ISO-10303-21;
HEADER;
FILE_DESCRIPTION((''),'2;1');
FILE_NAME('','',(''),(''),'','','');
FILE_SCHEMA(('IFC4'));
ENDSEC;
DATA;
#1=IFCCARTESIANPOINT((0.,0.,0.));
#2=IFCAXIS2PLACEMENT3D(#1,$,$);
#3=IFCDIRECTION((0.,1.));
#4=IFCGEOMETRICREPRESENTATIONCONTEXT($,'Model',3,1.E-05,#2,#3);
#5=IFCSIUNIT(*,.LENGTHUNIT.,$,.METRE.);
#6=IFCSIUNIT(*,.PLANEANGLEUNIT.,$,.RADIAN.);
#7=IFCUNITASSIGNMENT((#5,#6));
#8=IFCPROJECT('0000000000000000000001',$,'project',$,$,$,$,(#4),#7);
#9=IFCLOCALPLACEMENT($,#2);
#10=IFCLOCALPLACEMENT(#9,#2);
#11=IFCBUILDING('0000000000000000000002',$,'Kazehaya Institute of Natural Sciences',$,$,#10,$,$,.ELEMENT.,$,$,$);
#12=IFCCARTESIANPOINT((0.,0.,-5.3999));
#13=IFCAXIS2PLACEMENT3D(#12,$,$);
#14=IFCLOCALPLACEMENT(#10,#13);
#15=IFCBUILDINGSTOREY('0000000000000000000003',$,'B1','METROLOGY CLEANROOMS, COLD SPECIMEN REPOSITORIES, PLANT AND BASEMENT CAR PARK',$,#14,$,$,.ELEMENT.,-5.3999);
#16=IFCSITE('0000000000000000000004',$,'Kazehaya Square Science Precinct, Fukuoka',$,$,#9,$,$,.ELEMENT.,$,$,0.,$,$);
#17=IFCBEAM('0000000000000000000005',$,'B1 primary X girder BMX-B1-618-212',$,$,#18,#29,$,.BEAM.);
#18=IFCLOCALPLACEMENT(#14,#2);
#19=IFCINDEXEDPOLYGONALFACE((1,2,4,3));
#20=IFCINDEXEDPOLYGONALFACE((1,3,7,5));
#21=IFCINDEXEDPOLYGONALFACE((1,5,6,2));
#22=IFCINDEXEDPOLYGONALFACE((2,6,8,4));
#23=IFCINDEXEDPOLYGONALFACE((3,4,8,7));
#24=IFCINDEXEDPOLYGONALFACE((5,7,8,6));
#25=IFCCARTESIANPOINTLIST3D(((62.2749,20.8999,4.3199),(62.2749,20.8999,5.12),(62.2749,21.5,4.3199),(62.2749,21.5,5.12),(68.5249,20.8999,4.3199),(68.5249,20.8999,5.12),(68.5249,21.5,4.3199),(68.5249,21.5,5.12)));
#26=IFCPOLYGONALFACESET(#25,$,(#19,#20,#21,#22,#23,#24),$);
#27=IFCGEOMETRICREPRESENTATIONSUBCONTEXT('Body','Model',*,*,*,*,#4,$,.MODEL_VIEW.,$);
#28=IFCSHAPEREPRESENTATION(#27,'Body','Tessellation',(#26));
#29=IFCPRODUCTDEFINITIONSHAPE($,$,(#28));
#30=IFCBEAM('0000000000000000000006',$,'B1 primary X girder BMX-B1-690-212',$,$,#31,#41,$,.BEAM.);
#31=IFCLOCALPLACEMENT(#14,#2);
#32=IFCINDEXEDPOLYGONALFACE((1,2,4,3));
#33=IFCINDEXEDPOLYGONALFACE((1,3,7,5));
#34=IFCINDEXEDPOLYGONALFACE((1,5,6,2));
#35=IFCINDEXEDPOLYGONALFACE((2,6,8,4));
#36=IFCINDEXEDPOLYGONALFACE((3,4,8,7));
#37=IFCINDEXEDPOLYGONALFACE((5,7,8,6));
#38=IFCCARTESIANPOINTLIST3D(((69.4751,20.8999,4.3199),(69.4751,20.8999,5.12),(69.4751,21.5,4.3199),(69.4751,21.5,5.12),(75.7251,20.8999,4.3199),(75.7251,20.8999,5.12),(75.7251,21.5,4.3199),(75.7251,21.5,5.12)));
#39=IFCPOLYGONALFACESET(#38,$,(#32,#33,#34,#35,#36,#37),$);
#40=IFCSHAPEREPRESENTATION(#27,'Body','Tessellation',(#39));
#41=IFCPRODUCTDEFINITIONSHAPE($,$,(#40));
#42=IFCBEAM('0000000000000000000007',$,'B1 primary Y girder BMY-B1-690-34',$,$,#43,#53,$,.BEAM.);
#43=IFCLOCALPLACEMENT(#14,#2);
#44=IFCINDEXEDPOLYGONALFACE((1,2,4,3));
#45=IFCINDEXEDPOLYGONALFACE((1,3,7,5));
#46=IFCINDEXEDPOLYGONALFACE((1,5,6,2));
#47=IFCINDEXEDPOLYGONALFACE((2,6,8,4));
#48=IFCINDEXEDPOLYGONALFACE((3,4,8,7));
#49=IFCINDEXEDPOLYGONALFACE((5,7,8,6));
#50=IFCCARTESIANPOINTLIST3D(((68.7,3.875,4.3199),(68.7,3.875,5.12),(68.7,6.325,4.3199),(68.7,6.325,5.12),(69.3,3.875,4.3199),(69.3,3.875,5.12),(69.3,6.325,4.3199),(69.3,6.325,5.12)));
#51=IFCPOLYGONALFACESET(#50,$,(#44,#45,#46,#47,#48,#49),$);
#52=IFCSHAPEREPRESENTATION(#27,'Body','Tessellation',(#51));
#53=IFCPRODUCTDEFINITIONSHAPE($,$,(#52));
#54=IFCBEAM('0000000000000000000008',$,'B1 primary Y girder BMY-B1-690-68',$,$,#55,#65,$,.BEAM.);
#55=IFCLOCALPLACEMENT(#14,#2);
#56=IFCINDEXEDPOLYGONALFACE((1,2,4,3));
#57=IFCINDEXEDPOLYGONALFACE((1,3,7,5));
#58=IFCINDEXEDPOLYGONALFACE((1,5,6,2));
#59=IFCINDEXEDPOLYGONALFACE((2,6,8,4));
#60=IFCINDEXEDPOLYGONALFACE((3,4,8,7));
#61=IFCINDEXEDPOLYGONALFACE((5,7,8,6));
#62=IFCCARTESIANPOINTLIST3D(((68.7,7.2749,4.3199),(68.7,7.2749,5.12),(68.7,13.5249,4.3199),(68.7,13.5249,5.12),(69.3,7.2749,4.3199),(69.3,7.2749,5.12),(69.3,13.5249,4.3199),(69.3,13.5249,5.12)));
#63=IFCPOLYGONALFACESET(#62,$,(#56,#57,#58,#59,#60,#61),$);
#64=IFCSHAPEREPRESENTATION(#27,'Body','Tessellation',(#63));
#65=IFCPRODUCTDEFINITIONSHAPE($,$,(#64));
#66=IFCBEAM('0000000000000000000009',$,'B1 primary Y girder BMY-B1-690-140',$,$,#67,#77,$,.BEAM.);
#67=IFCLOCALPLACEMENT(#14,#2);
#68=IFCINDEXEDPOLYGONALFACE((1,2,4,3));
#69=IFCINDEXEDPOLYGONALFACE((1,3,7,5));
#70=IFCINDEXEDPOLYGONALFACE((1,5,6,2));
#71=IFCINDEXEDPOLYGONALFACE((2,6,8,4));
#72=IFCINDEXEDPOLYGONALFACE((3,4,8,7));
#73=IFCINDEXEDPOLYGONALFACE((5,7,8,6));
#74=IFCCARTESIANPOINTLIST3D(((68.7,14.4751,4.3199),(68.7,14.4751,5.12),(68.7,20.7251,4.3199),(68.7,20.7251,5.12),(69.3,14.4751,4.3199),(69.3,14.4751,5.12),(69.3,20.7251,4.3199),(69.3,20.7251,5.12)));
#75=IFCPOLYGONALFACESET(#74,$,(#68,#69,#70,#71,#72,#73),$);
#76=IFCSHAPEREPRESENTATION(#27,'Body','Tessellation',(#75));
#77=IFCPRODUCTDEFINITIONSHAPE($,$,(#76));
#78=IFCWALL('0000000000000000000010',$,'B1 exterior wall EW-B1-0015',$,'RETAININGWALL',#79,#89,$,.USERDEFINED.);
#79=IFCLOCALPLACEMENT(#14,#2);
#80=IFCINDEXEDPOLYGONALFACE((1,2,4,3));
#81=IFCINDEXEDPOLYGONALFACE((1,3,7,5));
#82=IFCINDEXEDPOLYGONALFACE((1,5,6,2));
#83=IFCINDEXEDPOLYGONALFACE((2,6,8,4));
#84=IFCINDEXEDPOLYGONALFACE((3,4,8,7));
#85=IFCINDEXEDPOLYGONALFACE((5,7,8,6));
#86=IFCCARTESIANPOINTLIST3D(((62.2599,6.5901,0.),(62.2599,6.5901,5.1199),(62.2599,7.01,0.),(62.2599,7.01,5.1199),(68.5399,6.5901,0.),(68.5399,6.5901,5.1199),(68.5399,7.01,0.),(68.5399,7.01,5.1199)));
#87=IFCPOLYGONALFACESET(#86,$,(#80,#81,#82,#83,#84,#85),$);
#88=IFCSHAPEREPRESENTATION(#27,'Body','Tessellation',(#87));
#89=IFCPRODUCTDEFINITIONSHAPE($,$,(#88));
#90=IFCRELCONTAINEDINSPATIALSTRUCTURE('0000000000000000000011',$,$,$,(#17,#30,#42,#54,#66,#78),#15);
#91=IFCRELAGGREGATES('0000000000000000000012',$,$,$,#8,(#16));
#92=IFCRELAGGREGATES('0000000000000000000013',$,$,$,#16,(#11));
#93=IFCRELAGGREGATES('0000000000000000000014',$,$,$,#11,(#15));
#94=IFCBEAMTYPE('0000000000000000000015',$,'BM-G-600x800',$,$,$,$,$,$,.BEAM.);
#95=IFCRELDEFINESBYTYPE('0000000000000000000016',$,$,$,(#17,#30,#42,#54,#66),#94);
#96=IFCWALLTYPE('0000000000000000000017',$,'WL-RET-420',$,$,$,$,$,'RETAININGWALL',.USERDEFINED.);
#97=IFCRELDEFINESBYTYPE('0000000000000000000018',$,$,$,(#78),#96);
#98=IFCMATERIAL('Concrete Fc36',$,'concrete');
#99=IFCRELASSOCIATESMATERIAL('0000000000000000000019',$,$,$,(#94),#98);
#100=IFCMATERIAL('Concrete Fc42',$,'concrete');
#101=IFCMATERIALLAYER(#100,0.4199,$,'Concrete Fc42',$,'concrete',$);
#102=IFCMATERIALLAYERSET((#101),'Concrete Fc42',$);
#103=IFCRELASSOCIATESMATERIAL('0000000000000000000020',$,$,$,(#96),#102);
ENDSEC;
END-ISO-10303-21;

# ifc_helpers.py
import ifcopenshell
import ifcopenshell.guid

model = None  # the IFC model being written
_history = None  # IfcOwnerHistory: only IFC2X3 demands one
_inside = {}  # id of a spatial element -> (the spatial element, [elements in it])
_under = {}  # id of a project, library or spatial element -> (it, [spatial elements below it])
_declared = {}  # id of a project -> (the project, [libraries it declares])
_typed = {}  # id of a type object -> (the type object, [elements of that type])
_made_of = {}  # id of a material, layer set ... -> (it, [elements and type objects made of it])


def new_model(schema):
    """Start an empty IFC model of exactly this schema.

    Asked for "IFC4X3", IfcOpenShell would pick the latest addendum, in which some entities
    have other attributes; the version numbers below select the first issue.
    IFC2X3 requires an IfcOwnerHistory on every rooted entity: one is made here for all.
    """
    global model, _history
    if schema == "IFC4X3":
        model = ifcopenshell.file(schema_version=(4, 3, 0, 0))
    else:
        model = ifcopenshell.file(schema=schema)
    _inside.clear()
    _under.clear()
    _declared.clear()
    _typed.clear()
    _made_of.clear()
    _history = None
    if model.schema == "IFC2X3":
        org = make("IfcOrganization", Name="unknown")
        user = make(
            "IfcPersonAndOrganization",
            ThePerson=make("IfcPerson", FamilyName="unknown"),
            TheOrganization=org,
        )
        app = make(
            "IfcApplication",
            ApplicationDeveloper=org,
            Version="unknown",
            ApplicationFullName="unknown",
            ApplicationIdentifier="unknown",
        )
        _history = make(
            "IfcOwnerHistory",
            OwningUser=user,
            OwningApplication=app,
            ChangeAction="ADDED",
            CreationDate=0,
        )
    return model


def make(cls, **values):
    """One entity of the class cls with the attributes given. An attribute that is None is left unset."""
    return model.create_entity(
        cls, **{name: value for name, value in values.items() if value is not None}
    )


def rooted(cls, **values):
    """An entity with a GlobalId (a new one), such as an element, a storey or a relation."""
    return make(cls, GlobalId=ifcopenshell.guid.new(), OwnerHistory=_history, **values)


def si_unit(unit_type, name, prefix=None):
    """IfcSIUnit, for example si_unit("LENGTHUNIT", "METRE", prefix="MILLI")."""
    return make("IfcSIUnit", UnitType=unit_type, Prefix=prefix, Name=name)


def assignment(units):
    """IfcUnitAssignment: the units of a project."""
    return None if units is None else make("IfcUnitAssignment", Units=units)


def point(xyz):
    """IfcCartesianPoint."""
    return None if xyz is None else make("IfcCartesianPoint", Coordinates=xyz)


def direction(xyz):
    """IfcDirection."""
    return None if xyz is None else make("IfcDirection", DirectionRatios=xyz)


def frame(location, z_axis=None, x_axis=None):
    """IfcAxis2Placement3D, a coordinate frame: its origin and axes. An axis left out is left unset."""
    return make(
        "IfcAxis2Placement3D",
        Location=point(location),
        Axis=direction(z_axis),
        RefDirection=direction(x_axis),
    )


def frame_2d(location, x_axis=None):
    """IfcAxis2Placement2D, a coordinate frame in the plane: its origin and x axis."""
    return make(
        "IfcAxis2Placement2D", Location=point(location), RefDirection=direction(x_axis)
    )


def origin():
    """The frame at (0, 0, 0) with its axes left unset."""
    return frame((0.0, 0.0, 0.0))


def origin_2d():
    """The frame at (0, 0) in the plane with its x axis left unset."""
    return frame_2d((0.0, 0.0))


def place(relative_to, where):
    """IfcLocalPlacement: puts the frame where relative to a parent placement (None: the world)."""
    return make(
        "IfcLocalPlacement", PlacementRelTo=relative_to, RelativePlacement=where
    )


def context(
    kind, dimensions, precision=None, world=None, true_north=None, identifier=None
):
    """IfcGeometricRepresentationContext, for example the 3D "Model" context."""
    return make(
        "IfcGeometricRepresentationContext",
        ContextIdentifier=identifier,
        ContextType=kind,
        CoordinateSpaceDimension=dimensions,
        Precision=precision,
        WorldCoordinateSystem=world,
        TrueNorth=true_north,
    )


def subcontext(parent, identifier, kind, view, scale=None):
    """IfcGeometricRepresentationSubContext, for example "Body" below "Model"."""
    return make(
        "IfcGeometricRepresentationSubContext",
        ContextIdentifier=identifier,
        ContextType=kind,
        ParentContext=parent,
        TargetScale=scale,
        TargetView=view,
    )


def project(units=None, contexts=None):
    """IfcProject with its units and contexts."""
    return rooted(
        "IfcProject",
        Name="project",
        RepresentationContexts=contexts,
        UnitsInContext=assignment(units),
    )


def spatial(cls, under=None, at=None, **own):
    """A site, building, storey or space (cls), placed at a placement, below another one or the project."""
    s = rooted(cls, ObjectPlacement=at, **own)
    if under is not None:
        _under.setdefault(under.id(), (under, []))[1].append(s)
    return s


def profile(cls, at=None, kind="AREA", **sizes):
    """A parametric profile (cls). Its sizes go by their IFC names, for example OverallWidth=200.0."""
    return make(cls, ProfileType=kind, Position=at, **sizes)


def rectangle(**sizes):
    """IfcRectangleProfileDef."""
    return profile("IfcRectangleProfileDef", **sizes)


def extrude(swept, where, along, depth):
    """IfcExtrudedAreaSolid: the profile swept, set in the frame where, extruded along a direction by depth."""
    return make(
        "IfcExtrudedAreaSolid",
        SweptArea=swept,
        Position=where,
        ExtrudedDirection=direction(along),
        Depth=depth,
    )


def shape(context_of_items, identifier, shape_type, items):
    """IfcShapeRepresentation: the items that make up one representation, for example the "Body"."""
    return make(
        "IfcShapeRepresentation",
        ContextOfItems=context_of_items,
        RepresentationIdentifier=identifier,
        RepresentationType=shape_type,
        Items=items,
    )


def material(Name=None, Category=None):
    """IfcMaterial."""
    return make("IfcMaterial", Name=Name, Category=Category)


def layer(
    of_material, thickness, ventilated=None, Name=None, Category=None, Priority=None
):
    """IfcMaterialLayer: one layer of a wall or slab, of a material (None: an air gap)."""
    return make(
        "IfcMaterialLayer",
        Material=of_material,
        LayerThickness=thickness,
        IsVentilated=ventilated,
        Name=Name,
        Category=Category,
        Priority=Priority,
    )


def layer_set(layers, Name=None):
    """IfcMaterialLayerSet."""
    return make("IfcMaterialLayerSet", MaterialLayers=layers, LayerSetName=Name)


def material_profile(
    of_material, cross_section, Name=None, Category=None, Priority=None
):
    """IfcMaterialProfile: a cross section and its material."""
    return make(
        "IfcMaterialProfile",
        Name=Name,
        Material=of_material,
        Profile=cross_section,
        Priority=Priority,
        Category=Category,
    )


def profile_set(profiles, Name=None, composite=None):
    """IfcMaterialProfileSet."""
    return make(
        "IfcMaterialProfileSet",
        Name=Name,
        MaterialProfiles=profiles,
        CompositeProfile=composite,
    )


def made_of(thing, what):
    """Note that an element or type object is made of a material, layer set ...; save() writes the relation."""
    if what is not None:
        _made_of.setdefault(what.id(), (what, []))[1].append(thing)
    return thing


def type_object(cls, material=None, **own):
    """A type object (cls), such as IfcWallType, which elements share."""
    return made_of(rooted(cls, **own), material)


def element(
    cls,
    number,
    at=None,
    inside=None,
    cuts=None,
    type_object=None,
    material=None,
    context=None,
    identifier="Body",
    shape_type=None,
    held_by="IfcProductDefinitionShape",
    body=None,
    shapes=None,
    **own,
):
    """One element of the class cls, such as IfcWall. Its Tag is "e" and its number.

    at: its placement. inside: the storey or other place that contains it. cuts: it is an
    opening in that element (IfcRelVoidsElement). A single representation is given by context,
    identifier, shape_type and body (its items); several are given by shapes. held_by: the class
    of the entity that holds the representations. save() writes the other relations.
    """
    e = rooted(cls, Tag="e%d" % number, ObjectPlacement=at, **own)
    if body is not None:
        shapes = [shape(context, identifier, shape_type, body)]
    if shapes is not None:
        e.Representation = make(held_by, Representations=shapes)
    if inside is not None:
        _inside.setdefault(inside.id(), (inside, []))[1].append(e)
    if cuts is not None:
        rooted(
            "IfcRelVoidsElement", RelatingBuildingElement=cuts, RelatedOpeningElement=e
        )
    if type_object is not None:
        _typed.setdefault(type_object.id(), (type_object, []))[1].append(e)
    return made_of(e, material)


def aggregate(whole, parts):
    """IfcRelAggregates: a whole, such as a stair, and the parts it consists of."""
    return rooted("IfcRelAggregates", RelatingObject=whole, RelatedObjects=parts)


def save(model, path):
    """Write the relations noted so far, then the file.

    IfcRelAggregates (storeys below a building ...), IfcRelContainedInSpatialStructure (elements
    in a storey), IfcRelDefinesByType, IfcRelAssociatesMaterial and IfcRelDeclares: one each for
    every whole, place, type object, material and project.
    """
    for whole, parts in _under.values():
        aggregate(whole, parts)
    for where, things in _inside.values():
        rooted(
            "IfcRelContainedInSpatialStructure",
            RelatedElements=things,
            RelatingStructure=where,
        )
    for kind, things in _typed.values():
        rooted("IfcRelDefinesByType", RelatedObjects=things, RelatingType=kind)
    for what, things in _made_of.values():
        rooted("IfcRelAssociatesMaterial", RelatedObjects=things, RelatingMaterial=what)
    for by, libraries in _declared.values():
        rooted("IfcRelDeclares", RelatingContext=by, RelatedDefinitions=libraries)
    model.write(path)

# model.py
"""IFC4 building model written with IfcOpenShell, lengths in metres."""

from ifc_helpers import new_model, si_unit, direction, frame, frame_2d, origin, origin_2d, place, context, subcontext, project, spatial, rectangle, extrude, material, layer, layer_set, material_profile, profile_set, type_object, element, save


model = new_model("IFC4")

# Units and contexts
model_context = context("Model", 3, precision=1e-05, world=origin(), true_north=direction((0.0, 1.0)))
body_context = subcontext(model_context, "Body", "Model", "MODEL_VIEW")
ifc_project = project(units=[si_unit("LENGTHUNIT", "METRE"), si_unit("PLANEANGLEUNIT", "RADIAN")], contexts=[model_context])

# Site, building, storey
site_placement = place(None, origin())
site = spatial("IfcSite", under=ifc_project, at=site_placement, Name="Kazehaya Square Science Precinct, Fukuoka", CompositionType="ELEMENT", RefElevation=0.0)
building_placement = place(site_placement, origin())
building = spatial("IfcBuilding", under=site, at=building_placement, Name="Kazehaya Institute of Natural Sciences", CompositionType="ELEMENT")
storey_placement = place(building_placement, frame((0.0, 0.0, -5.3999)))
storey = spatial("IfcBuildingStorey", under=building, at=storey_placement, Name="B1", Description="METROLOGY CLEANROOMS, COLD SPECIMEN REPOSITORIES, PLANT AND BASEMENT CAR PARK", CompositionType="ELEMENT", Elevation=-5.3999)

# Shared definitions
ifc_material_1 = material(Name="Concrete Fc36", Category="concrete")

# Shared definitions
ifc_material_2 = material(Name="Concrete Fc42", Category="concrete")

# Beams
ifc_material_profile_1 = material_profile(ifc_material_1, rectangle(XDim=0.6001, YDim=0.8, at=origin_2d()), Name="RC-600x800")
ifc_profile_set_1 = profile_set([ifc_material_profile_1], Name="Concrete Fc36")
beam_type = type_object("IfcBeamType", Name="BM-G-600x800", PredefinedType="BEAM", material=ifc_profile_set_1)
for number, where, z_axis, x_axis, name in (
    (1, (62.2749, 21.2, 4.72), (1.0, 0.0, 0.0), (0.0, 1.0, 0.0), "B1 primary X girder BMX-B1-618-212"),
    (2, (69.4751, 21.2, 4.72), (1.0, 0.0, 0.0), (0.0, 1.0, 0.0), "B1 primary X girder BMX-B1-690-212"),
):
    element("IfcBeam", number, at=place(storey_placement, frame(where, z_axis=z_axis, x_axis=x_axis)), inside=storey, type_object=beam_type, Name=name, PredefinedType="BEAM", context=body_context, shape_type="SweptSolid", body=[
        extrude(rectangle(XDim=0.6001, YDim=0.8, at=origin_2d()), origin(), (0.0, 0.0, 1.0), 6.25),
    ])
beam_1_placement = place(storey_placement, frame((69.0, 3.875, 4.72), z_axis=(0.0, 1.0, 0.0), x_axis=(-1.0, 0.0, 0.0)))
element("IfcBeam", 3, at=beam_1_placement, inside=storey, type_object=beam_type, Name="B1 primary Y girder BMY-B1-690-34", PredefinedType="BEAM", context=body_context, shape_type="SweptSolid", body=[
    extrude(rectangle(XDim=0.6001, YDim=0.8, at=origin_2d()), origin(), (0.0, 0.0, 1.0), 2.45),
])
for number, where, z_axis, x_axis, name in (
    (4, (69.0, 7.2749, 4.72), (0.0, 1.0, 0.0), (-1.0, 0.0, 0.0), "B1 primary Y girder BMY-B1-690-68"),
    (5, (69.0, 14.4751, 4.72), (0.0, 1.0, 0.0), (-1.0, 0.0, 0.0), "B1 primary Y girder BMY-B1-690-140"),
):
    element("IfcBeam", number, at=place(storey_placement, frame(where, z_axis=z_axis, x_axis=x_axis)), inside=storey, type_object=beam_type, Name=name, PredefinedType="BEAM", context=body_context, shape_type="SweptSolid", body=[
        extrude(rectangle(XDim=0.6001, YDim=0.8, at=origin_2d()), origin(), (0.0, 0.0, 1.0), 6.25),
    ])

# Wall
ifc_layer = layer(ifc_material_2, 0.4199, Name="Concrete Fc42", Category="concrete")
ifc_layer_set = layer_set([ifc_layer], Name="Concrete Fc42")
wall_type = type_object("IfcWallType", Name="WL-RET-420", ElementType="RETAININGWALL", PredefinedType="USERDEFINED", material=ifc_layer_set)
wall_placement = place(storey_placement, frame((68.54, 6.8, 0.0), z_axis=(0.0, 0.0, 1.0), x_axis=(-1.0, 0.0, 0.0)))
element("IfcWall", 6, at=wall_placement, inside=storey, type_object=wall_type, Name="B1 exterior wall EW-B1-0015", ObjectType="RETAININGWALL", PredefinedType="USERDEFINED", context=body_context, shape_type="SweptSolid", body=[
    extrude(rectangle(XDim=6.28, YDim=0.4199, at=frame_2d((3.1401, 0.0))), origin(), (0.0, 0.0, 1.0), 5.1199),
])

save(model, "model.ifc")
